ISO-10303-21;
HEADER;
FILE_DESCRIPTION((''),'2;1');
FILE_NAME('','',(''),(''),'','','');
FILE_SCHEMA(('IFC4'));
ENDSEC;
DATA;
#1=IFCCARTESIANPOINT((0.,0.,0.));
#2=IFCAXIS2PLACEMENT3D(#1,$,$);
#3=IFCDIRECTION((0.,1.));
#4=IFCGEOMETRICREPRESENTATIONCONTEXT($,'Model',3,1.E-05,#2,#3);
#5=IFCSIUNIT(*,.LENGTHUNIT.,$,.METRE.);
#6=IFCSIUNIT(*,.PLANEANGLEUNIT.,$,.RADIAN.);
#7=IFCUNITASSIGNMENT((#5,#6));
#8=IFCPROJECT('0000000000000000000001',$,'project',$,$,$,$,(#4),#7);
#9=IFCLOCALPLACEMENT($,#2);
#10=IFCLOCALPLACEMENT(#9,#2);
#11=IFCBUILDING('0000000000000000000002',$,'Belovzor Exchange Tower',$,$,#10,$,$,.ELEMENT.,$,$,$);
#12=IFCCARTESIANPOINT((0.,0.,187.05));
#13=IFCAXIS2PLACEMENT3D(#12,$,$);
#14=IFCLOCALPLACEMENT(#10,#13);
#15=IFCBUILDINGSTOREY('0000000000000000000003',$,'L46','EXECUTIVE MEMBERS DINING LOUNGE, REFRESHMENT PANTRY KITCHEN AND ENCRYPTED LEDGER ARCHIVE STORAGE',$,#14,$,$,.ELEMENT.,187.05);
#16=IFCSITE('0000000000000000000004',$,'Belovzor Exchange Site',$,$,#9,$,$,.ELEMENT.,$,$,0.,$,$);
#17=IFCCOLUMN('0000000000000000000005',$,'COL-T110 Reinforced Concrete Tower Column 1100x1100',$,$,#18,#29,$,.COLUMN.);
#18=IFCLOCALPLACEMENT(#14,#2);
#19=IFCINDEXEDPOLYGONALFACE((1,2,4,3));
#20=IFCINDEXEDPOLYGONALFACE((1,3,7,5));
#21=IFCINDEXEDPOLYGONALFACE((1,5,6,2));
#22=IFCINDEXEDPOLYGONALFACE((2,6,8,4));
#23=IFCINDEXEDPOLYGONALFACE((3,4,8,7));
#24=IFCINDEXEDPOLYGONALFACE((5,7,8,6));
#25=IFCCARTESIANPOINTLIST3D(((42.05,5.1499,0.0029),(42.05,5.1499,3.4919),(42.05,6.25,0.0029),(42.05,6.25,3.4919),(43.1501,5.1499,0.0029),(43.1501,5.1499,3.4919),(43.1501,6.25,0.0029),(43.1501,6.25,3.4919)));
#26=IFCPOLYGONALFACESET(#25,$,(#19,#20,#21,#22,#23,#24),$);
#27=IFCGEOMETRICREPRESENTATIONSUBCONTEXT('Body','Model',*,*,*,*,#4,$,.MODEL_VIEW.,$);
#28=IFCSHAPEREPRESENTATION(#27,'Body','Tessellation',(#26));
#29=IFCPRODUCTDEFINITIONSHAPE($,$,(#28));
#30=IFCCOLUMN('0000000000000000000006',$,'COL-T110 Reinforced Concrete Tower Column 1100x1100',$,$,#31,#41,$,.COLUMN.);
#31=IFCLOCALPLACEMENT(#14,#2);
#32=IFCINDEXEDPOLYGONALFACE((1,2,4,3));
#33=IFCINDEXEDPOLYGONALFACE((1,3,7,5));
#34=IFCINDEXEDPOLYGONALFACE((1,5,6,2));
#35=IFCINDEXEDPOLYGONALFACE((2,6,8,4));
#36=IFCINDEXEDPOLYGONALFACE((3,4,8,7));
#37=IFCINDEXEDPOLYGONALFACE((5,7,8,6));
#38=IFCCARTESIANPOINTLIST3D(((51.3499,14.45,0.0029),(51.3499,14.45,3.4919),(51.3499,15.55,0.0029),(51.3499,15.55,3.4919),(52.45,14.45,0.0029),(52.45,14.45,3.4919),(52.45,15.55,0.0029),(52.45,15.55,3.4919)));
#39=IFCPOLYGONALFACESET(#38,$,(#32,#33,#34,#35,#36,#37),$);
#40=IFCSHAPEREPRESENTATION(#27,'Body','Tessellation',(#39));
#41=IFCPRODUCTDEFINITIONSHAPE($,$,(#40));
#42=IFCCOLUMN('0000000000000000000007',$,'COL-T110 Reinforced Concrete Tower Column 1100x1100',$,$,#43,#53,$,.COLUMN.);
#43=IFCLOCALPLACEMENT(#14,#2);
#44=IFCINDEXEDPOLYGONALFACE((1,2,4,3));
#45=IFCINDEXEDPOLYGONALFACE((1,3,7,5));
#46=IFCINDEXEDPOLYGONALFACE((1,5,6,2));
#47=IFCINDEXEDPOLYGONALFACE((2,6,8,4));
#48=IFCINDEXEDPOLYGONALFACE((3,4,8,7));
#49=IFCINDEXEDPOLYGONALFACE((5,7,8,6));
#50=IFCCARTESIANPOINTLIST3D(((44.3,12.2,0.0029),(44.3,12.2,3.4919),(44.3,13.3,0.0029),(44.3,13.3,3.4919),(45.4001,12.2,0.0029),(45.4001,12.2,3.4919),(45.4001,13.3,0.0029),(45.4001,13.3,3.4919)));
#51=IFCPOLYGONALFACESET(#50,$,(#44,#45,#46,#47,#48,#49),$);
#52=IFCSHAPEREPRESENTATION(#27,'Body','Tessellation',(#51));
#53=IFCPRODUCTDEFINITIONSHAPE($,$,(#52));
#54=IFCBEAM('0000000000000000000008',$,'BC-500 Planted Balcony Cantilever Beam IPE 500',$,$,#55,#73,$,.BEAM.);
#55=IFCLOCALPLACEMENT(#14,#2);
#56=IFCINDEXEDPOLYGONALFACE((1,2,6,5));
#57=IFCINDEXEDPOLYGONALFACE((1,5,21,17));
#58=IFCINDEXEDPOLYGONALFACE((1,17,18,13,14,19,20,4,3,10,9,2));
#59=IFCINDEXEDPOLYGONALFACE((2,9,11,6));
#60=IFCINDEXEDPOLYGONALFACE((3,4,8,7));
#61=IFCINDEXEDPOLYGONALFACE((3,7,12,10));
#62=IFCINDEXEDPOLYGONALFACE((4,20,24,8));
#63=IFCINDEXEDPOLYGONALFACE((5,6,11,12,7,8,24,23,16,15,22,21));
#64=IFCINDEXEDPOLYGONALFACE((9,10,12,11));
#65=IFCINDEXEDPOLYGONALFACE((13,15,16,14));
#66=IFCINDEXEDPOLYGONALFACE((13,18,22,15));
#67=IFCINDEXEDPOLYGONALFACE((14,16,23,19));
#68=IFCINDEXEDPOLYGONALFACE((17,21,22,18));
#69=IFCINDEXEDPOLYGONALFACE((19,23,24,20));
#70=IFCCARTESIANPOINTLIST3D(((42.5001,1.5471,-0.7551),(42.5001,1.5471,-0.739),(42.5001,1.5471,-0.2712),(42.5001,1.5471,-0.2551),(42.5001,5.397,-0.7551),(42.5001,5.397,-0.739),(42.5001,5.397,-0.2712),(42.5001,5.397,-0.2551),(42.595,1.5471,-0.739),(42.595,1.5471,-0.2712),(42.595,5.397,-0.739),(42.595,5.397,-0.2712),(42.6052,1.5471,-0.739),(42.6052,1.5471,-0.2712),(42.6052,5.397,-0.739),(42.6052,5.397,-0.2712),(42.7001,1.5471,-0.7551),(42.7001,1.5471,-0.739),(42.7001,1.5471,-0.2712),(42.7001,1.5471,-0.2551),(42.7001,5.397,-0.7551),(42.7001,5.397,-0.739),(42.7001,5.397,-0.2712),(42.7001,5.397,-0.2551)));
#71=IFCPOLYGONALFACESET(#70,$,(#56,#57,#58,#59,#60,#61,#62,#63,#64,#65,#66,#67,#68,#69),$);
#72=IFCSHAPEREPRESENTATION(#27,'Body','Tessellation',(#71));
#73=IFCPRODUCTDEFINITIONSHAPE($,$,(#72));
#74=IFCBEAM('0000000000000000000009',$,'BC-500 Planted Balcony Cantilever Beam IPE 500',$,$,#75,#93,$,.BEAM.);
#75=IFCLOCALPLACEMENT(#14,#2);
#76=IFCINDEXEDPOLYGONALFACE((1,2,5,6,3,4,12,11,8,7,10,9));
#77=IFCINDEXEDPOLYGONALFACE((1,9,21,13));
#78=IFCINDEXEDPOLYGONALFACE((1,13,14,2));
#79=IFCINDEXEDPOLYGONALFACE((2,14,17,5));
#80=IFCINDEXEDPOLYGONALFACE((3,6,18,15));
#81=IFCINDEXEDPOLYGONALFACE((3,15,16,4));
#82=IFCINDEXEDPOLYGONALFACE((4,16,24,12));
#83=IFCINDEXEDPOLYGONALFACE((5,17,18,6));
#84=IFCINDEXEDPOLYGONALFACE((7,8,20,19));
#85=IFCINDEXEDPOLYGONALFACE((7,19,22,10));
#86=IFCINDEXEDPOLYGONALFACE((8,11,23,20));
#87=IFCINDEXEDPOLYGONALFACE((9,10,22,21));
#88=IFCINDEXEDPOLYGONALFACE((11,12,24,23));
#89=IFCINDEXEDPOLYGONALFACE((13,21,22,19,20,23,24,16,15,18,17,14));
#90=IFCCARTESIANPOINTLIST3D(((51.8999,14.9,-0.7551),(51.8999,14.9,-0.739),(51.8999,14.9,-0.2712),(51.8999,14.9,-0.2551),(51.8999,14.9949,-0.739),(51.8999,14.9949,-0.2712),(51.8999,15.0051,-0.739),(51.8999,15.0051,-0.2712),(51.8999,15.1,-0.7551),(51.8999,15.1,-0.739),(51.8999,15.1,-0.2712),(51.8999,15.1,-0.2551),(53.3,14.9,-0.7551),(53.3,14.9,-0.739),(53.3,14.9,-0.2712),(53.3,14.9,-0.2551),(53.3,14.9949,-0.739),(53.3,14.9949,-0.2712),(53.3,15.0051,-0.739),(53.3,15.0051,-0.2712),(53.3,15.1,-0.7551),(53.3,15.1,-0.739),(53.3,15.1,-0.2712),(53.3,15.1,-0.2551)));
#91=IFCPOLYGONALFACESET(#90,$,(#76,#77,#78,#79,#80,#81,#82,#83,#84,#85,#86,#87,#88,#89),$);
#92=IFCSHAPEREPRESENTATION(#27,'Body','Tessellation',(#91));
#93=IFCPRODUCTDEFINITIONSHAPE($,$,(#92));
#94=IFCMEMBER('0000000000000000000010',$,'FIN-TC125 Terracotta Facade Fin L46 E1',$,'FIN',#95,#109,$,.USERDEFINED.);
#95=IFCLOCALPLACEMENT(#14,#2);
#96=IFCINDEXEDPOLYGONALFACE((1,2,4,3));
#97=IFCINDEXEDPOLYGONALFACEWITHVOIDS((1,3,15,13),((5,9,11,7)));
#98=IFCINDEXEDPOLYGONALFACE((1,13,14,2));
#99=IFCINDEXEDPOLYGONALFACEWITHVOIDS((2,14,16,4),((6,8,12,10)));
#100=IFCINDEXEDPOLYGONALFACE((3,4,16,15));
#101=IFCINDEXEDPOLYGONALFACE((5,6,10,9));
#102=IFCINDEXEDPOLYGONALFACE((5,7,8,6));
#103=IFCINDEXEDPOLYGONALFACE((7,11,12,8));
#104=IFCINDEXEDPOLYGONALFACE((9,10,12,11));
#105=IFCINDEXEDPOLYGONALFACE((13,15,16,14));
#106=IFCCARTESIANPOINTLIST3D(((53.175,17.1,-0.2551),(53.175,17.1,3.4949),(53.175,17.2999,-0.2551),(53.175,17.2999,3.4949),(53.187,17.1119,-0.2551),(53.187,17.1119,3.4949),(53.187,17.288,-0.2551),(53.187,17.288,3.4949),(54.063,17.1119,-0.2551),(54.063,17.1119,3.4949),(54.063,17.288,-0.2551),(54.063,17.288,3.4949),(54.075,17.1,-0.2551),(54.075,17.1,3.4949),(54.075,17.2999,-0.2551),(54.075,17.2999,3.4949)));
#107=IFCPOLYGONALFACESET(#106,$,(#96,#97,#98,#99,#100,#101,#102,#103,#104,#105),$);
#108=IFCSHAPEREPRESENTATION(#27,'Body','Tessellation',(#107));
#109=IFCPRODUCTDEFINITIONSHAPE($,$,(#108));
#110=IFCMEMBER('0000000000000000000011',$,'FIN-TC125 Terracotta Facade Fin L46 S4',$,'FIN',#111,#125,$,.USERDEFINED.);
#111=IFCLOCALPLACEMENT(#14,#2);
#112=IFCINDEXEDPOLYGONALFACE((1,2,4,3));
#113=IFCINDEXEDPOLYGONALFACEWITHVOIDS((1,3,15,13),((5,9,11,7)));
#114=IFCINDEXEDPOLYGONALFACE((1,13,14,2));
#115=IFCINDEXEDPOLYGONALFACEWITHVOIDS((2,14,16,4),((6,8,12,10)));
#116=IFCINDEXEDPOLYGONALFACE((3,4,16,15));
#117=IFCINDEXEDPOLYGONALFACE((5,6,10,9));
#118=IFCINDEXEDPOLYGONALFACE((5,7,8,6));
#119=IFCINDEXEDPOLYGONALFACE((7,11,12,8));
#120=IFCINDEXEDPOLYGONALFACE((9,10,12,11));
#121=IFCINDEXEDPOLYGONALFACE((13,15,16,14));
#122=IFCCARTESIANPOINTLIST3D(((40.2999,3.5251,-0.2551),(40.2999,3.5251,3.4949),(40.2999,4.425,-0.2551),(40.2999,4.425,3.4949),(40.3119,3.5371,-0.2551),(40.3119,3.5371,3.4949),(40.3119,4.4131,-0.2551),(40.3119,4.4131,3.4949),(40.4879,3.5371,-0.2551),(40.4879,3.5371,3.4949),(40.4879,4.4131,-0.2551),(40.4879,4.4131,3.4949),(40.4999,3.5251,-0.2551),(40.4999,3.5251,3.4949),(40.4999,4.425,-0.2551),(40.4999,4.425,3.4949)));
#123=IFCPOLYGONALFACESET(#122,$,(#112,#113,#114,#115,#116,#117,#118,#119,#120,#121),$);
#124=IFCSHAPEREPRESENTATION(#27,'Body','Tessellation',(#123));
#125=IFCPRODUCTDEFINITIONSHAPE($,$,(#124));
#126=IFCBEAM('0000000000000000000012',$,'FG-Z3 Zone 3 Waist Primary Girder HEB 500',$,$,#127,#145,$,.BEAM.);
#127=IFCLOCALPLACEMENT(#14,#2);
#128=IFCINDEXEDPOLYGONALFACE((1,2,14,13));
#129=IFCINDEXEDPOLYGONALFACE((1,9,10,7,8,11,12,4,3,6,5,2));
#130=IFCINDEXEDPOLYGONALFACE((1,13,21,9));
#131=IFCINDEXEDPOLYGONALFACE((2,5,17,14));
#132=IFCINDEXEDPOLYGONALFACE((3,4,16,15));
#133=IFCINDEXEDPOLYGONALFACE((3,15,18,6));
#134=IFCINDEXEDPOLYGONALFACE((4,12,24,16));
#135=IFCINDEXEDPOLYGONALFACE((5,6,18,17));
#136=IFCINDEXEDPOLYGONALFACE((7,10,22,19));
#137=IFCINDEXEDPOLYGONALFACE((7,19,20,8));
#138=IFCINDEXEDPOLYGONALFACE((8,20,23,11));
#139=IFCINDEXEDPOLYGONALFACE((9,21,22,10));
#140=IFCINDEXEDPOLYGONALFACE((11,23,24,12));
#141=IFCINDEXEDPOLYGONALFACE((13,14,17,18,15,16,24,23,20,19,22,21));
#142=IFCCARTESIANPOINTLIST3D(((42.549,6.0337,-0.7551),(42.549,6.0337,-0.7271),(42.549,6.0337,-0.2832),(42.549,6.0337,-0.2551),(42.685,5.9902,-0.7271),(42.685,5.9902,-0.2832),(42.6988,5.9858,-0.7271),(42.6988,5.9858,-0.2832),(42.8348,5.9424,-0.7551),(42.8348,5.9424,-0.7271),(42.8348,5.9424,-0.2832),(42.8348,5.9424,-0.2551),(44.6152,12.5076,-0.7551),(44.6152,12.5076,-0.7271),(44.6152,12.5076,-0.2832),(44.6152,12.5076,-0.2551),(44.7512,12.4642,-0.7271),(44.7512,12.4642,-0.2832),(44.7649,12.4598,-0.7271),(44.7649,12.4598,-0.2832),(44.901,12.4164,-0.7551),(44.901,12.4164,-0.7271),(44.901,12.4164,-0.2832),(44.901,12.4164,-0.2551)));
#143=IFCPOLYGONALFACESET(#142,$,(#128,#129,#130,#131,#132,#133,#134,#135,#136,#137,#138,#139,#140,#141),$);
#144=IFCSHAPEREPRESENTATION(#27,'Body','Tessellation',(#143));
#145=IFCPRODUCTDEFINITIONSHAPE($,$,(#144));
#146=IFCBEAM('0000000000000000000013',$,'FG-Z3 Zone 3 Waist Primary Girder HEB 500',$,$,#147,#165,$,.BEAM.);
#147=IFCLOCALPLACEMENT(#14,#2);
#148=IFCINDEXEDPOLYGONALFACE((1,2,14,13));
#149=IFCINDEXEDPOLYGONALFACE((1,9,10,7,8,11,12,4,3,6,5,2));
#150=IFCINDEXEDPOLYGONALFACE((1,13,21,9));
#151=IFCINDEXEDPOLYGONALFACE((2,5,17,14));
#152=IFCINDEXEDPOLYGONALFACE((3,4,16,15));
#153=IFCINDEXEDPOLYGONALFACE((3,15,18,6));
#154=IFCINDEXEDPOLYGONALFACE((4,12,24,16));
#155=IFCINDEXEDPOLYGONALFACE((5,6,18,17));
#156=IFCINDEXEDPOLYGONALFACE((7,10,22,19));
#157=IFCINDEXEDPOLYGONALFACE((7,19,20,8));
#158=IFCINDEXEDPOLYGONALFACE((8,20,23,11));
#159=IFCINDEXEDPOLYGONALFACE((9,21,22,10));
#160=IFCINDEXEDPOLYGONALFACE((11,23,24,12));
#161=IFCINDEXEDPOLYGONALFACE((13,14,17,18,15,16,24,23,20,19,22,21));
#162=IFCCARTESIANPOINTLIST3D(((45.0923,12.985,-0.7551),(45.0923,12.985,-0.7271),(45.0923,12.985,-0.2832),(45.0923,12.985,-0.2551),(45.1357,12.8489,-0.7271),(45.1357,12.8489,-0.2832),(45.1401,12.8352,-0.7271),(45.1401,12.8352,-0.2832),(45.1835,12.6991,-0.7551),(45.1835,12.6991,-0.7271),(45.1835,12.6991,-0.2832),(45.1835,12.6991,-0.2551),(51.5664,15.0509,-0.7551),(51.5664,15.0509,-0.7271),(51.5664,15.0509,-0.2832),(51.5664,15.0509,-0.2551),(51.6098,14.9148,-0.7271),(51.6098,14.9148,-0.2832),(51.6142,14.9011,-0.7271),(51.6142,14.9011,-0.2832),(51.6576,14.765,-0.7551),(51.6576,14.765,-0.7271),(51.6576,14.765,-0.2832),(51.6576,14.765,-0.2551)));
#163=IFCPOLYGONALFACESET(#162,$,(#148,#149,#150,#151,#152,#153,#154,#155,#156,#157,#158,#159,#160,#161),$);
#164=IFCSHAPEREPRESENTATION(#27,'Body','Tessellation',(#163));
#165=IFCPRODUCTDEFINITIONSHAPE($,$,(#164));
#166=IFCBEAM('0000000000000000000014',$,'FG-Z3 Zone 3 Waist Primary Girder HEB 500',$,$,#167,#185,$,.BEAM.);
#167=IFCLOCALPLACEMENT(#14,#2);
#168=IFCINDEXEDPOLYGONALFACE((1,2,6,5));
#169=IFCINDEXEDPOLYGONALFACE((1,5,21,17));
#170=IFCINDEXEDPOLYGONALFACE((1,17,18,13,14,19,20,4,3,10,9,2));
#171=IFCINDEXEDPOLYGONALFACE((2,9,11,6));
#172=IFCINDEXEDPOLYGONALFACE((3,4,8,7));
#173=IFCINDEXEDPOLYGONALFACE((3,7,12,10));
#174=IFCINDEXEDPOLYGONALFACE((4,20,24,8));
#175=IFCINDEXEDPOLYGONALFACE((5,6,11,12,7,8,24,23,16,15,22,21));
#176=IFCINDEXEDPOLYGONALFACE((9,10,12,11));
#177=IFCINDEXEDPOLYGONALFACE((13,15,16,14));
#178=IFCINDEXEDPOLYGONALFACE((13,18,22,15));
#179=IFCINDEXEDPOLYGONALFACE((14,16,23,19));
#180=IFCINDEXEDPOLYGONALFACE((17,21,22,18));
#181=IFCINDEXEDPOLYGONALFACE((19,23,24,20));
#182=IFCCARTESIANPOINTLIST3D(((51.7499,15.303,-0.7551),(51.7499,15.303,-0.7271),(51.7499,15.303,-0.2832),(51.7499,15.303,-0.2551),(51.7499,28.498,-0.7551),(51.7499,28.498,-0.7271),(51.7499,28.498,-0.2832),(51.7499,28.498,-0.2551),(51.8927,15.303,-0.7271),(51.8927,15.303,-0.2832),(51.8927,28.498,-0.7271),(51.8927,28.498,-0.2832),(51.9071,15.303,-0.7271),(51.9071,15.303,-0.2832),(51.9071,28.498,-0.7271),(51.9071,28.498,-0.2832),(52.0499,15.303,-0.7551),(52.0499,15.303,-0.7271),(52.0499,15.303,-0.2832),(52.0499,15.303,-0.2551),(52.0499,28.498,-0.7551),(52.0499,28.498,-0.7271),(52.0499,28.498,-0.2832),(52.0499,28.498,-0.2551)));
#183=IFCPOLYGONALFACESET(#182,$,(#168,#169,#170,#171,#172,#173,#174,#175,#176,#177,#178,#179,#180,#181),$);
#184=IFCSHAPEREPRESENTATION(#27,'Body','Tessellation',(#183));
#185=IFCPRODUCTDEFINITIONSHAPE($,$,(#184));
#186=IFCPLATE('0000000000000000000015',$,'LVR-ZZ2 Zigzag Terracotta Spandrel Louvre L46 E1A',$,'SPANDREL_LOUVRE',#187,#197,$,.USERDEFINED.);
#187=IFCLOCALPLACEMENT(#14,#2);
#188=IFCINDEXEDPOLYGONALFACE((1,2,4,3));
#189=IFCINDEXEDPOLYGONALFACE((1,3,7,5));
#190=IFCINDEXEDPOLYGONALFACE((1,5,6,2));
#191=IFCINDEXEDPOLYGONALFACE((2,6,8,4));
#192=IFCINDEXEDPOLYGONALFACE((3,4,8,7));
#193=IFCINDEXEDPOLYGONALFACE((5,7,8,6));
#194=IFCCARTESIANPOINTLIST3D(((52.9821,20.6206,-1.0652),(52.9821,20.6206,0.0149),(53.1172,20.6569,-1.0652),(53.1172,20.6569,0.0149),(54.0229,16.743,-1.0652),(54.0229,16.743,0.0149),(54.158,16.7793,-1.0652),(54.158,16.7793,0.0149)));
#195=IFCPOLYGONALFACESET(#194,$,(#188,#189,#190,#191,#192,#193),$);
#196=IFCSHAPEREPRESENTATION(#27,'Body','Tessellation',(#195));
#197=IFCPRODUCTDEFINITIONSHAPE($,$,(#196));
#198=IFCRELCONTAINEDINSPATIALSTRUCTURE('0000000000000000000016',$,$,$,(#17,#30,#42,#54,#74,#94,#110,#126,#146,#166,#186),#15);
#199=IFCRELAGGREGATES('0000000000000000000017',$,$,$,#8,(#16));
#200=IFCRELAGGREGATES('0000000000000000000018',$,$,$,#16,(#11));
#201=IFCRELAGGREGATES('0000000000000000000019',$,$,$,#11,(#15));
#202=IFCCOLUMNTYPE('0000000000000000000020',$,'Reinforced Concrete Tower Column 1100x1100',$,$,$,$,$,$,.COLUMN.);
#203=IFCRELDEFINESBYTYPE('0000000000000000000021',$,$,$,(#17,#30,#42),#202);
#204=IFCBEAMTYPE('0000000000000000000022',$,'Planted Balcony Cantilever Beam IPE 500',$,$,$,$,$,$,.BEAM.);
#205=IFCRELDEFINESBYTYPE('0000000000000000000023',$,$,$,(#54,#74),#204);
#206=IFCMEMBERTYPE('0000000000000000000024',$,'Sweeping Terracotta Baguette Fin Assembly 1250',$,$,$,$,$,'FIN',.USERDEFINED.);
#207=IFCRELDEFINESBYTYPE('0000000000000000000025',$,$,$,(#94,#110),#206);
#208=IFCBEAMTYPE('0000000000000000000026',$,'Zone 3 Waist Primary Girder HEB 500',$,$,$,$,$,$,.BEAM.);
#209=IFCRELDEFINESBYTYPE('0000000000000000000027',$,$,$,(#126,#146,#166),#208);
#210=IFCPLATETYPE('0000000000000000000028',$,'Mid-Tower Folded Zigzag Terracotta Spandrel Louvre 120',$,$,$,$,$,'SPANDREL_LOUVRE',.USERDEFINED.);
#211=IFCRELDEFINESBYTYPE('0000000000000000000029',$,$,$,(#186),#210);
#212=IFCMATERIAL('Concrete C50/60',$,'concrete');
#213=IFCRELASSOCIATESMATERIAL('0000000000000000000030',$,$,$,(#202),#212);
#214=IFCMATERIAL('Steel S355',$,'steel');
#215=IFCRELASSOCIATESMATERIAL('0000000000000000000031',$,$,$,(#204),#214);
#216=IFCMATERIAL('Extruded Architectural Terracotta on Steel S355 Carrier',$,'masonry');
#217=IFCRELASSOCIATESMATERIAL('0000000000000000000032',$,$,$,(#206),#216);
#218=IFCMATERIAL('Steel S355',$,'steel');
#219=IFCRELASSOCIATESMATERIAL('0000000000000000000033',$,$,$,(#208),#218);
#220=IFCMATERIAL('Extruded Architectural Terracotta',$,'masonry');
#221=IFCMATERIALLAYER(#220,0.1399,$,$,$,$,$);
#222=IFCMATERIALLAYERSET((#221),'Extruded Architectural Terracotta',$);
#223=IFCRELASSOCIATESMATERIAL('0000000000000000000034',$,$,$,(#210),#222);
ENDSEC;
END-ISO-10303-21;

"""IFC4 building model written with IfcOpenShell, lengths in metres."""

from ifc_helpers import new_model, si_unit, direction, frame, origin, origin_2d, place, context, subcontext, project, spatial, rectangle, hollow_rectangle, i_section, extrude, material, layer, layer_set, material_profile, profile_set, type_object, element, save


model = new_model("IFC4")

# Units and contexts
model_context = context("Model", 3, precision=1e-05, world=origin(), true_north=direction((0.0, 1.0)))
body_context = subcontext(model_context, "Body", "Model", "MODEL_VIEW")
ifc_project = project(units=[si_unit("LENGTHUNIT", "METRE"), si_unit("PLANEANGLEUNIT", "RADIAN")], contexts=[model_context])

# Site, building, storey
site_placement = place(None, origin())
site = spatial("IfcSite", under=ifc_project, at=site_placement, Name="Belovzor Exchange Site", CompositionType="ELEMENT", RefElevation=0.0)
building_placement = place(site_placement, origin())
building = spatial("IfcBuilding", under=site, at=building_placement, Name="Belovzor Exchange Tower", CompositionType="ELEMENT")
storey_placement = place(building_placement, frame((0.0, 0.0, 187.05)))
storey = spatial("IfcBuildingStorey", under=building, at=storey_placement, Name="L46", Description="EXECUTIVE MEMBERS DINING LOUNGE, REFRESHMENT PANTRY KITCHEN AND ENCRYPTED LEDGER ARCHIVE STORAGE", CompositionType="ELEMENT", Elevation=187.05)

# Columns
ifc_material_1 = material(Name="Concrete C50/60", Category="concrete")
ifc_material_profile_1 = material_profile(ifc_material_1, rectangle(XDim=1.1001, YDim=1.1001, at=origin_2d()))
ifc_profile_set_1 = profile_set([ifc_material_profile_1], Name="Concrete C50/60")
column_type = type_object("IfcColumnType", Name="Reinforced Concrete Tower Column 1100x1100", PredefinedType="COLUMN", material=ifc_profile_set_1)
for number, where, z_axis, x_axis, name in (
    (1, (42.6001, 5.7, 0.0029), (0.0, 0.0, 1.0), (1.0, 0.0, 0.0), "COL-T110 Reinforced Concrete Tower Column 1100x1100"),
    (2, (51.8999, 15.0, 0.0029), (0.0, 0.0, 1.0), (1.0, 0.0, 0.0), "COL-T110 Reinforced Concrete Tower Column 1100x1100"),
    (3, (44.8501, 12.75, 0.0029), (0.0, 0.0, 1.0), (1.0, 0.0, 0.0), "COL-T110 Reinforced Concrete Tower Column 1100x1100"),
):
    element("IfcColumn", number, at=place(storey_placement, frame(where, z_axis=z_axis, x_axis=x_axis)), inside=storey, type_object=column_type, Name=name, PredefinedType="COLUMN", context=body_context, shape_type="SweptSolid", body=[
        extrude(rectangle(XDim=1.1001, YDim=1.1001, at=origin_2d()), origin(), (0.0, 0.0, 1.0), 3.489),
    ])

# Beams
ifc_material_2 = material(Name="Steel S355", Category="steel")
ifc_material_profile_2 = material_profile(ifc_material_2, i_section(OverallWidth=0.2, OverallDepth=0.5, WebThickness=0.0103, FlangeThickness=0.0161, at=origin_2d()))
ifc_profile_set_2 = profile_set([ifc_material_profile_2], Name="Steel S355")
beam_type_1 = type_object("IfcBeamType", Name="Planted Balcony Cantilever Beam IPE 500", PredefinedType="BEAM", material=ifc_profile_set_2)
beam_1_placement = place(storey_placement, frame((42.6001, 5.397, -0.5051), z_axis=(0.0, -1.0, 0.0), x_axis=(1.0, 0.0, 0.0)))
element("IfcBeam", 4, at=beam_1_placement, inside=storey, type_object=beam_type_1, Name="BC-500 Planted Balcony Cantilever Beam IPE 500", PredefinedType="BEAM", context=body_context, shape_type="SweptSolid", body=[
    extrude(i_section(OverallWidth=0.2, OverallDepth=0.5, WebThickness=0.0103, FlangeThickness=0.0161, at=origin_2d()), origin(), (0.0, 0.0, 1.0), 3.8499),
])
beam_2_placement = place(storey_placement, frame((51.8999, 15.0, -0.5051), z_axis=(1.0, 0.0, 0.0), x_axis=(0.0, 1.0, 0.0)))
element("IfcBeam", 5, at=beam_2_placement, inside=storey, type_object=beam_type_1, Name="BC-500 Planted Balcony Cantilever Beam IPE 500", PredefinedType="BEAM", context=body_context, shape_type="SweptSolid", body=[
    extrude(i_section(OverallWidth=0.2, OverallDepth=0.5, WebThickness=0.0103, FlangeThickness=0.0161, at=origin_2d()), origin(), (0.0, 0.0, 1.0), 1.4001),
])

# Members
ifc_material_3 = material(Name="Extruded Architectural Terracotta on Steel S355 Carrier", Category="masonry")
ifc_material_profile_3 = material_profile(ifc_material_3, hollow_rectangle(XDim=0.2, YDim=0.8999, WallThickness=0.012, at=origin_2d()))
ifc_profile_set_3 = profile_set([ifc_material_profile_3], Name="Extruded Architectural Terracotta on Steel S355 Carrier")
member_type = type_object("IfcMemberType", Name="Sweeping Terracotta Baguette Fin Assembly 1250", ElementType="FIN", PredefinedType="USERDEFINED", material=ifc_profile_set_3)
for number, where, z_axis, x_axis, name in (
    (6, (53.625, 17.2, -0.2551), (0.0, 0.0, 1.0), (0.0, 1.0, 0.0), "FIN-TC125 Terracotta Facade Fin L46 E1"),
    (7, (40.3999, 3.9751, -0.2551), (0.0, 0.0, 1.0), (1.0, 0.0, 0.0), "FIN-TC125 Terracotta Facade Fin L46 S4"),
):
    element("IfcMember", number, at=place(storey_placement, frame(where, z_axis=z_axis, x_axis=x_axis)), inside=storey, type_object=member_type, Name=name, ObjectType="FIN", PredefinedType="USERDEFINED", context=body_context, shape_type="SweptSolid", body=[
        extrude(hollow_rectangle(XDim=0.2, YDim=0.8999, WallThickness=0.012, at=origin_2d()), origin(), (0.0, 0.0, 1.0), 3.75),
    ])

# Beams
ifc_material_4 = material(Name="Steel S355", Category="steel")
ifc_material_profile_4 = material_profile(ifc_material_4, i_section(OverallWidth=0.3, OverallDepth=0.5, WebThickness=0.0144, FlangeThickness=0.0281, at=origin_2d()))
ifc_profile_set_4 = profile_set([ifc_material_profile_4], Name="Steel S355")
beam_type_2 = type_object("IfcBeamType", Name="Zone 3 Waist Primary Girder HEB 500", PredefinedType="BEAM", material=ifc_profile_set_4)
for number, where, z_axis, x_axis, name in (
    (8, (42.6919, 5.988, -0.5051), (0.304044, 0.952658, 0.0), (-0.952658, 0.304044, 0.0), "FG-Z3 Zone 3 Waist Primary Girder HEB 500"),
    (9, (45.1379, 12.842, -0.5051), (0.952672, 0.304001, 0.0), (-0.304001, 0.952672, 0.0), "FG-Z3 Zone 3 Waist Primary Girder HEB 500"),
):
    element("IfcBeam", number, at=place(storey_placement, frame(where, z_axis=z_axis, x_axis=x_axis)), inside=storey, type_object=beam_type_2, Name=name, PredefinedType="BEAM", context=body_context, shape_type="SweptSolid", body=[
        extrude(i_section(OverallWidth=0.3, OverallDepth=0.5, WebThickness=0.0144, FlangeThickness=0.0281, at=origin_2d()), origin(), (0.0, 0.0, 1.0), 6.7957),
    ])
beam_3_placement = place(storey_placement, frame((51.8999, 15.303, -0.5051), z_axis=(0.0, 1.0, 0.0), x_axis=(-1.0, 0.0, 0.0)))
element("IfcBeam", 10, at=beam_3_placement, inside=storey, type_object=beam_type_2, Name="FG-Z3 Zone 3 Waist Primary Girder HEB 500", PredefinedType="BEAM", context=body_context, shape_type="SweptSolid", body=[
    extrude(i_section(OverallWidth=0.3, OverallDepth=0.5, WebThickness=0.0144, FlangeThickness=0.0281, at=origin_2d()), origin(), (0.0, 0.0, 1.0), 13.1951),
])

# Plate
ifc_material_5 = material(Name="Extruded Architectural Terracotta", Category="masonry")
ifc_layer_1 = layer(ifc_material_5, 0.1399)
ifc_layer_set_1 = layer_set([ifc_layer_1], Name="Extruded Architectural Terracotta")
plate_type = type_object("IfcPlateType", Name="Mid-Tower Folded Zigzag Terracotta Spandrel Louvre 120", ElementType="SPANDREL_LOUVRE", PredefinedType="USERDEFINED", material=ifc_layer_set_1)
plate_placement = place(storey_placement, frame((53.5701, 18.7, -1.0652), z_axis=(0.0, 0.0, 1.0), x_axis=(-0.25924, 0.965813, 0.0)))
element("IfcPlate", 11, at=plate_placement, inside=storey, type_object=plate_type, Name="LVR-ZZ2 Zigzag Terracotta Spandrel Louvre L46 E1A", ObjectType="SPANDREL_LOUVRE", PredefinedType="USERDEFINED", context=body_context, shape_type="SweptSolid", body=[
    extrude(rectangle(XDim=4.0149, YDim=0.1399, at=origin_2d()), origin(), (0.0, 0.0, 1.0), 1.0801),
])

save(model, "model.ifc")
